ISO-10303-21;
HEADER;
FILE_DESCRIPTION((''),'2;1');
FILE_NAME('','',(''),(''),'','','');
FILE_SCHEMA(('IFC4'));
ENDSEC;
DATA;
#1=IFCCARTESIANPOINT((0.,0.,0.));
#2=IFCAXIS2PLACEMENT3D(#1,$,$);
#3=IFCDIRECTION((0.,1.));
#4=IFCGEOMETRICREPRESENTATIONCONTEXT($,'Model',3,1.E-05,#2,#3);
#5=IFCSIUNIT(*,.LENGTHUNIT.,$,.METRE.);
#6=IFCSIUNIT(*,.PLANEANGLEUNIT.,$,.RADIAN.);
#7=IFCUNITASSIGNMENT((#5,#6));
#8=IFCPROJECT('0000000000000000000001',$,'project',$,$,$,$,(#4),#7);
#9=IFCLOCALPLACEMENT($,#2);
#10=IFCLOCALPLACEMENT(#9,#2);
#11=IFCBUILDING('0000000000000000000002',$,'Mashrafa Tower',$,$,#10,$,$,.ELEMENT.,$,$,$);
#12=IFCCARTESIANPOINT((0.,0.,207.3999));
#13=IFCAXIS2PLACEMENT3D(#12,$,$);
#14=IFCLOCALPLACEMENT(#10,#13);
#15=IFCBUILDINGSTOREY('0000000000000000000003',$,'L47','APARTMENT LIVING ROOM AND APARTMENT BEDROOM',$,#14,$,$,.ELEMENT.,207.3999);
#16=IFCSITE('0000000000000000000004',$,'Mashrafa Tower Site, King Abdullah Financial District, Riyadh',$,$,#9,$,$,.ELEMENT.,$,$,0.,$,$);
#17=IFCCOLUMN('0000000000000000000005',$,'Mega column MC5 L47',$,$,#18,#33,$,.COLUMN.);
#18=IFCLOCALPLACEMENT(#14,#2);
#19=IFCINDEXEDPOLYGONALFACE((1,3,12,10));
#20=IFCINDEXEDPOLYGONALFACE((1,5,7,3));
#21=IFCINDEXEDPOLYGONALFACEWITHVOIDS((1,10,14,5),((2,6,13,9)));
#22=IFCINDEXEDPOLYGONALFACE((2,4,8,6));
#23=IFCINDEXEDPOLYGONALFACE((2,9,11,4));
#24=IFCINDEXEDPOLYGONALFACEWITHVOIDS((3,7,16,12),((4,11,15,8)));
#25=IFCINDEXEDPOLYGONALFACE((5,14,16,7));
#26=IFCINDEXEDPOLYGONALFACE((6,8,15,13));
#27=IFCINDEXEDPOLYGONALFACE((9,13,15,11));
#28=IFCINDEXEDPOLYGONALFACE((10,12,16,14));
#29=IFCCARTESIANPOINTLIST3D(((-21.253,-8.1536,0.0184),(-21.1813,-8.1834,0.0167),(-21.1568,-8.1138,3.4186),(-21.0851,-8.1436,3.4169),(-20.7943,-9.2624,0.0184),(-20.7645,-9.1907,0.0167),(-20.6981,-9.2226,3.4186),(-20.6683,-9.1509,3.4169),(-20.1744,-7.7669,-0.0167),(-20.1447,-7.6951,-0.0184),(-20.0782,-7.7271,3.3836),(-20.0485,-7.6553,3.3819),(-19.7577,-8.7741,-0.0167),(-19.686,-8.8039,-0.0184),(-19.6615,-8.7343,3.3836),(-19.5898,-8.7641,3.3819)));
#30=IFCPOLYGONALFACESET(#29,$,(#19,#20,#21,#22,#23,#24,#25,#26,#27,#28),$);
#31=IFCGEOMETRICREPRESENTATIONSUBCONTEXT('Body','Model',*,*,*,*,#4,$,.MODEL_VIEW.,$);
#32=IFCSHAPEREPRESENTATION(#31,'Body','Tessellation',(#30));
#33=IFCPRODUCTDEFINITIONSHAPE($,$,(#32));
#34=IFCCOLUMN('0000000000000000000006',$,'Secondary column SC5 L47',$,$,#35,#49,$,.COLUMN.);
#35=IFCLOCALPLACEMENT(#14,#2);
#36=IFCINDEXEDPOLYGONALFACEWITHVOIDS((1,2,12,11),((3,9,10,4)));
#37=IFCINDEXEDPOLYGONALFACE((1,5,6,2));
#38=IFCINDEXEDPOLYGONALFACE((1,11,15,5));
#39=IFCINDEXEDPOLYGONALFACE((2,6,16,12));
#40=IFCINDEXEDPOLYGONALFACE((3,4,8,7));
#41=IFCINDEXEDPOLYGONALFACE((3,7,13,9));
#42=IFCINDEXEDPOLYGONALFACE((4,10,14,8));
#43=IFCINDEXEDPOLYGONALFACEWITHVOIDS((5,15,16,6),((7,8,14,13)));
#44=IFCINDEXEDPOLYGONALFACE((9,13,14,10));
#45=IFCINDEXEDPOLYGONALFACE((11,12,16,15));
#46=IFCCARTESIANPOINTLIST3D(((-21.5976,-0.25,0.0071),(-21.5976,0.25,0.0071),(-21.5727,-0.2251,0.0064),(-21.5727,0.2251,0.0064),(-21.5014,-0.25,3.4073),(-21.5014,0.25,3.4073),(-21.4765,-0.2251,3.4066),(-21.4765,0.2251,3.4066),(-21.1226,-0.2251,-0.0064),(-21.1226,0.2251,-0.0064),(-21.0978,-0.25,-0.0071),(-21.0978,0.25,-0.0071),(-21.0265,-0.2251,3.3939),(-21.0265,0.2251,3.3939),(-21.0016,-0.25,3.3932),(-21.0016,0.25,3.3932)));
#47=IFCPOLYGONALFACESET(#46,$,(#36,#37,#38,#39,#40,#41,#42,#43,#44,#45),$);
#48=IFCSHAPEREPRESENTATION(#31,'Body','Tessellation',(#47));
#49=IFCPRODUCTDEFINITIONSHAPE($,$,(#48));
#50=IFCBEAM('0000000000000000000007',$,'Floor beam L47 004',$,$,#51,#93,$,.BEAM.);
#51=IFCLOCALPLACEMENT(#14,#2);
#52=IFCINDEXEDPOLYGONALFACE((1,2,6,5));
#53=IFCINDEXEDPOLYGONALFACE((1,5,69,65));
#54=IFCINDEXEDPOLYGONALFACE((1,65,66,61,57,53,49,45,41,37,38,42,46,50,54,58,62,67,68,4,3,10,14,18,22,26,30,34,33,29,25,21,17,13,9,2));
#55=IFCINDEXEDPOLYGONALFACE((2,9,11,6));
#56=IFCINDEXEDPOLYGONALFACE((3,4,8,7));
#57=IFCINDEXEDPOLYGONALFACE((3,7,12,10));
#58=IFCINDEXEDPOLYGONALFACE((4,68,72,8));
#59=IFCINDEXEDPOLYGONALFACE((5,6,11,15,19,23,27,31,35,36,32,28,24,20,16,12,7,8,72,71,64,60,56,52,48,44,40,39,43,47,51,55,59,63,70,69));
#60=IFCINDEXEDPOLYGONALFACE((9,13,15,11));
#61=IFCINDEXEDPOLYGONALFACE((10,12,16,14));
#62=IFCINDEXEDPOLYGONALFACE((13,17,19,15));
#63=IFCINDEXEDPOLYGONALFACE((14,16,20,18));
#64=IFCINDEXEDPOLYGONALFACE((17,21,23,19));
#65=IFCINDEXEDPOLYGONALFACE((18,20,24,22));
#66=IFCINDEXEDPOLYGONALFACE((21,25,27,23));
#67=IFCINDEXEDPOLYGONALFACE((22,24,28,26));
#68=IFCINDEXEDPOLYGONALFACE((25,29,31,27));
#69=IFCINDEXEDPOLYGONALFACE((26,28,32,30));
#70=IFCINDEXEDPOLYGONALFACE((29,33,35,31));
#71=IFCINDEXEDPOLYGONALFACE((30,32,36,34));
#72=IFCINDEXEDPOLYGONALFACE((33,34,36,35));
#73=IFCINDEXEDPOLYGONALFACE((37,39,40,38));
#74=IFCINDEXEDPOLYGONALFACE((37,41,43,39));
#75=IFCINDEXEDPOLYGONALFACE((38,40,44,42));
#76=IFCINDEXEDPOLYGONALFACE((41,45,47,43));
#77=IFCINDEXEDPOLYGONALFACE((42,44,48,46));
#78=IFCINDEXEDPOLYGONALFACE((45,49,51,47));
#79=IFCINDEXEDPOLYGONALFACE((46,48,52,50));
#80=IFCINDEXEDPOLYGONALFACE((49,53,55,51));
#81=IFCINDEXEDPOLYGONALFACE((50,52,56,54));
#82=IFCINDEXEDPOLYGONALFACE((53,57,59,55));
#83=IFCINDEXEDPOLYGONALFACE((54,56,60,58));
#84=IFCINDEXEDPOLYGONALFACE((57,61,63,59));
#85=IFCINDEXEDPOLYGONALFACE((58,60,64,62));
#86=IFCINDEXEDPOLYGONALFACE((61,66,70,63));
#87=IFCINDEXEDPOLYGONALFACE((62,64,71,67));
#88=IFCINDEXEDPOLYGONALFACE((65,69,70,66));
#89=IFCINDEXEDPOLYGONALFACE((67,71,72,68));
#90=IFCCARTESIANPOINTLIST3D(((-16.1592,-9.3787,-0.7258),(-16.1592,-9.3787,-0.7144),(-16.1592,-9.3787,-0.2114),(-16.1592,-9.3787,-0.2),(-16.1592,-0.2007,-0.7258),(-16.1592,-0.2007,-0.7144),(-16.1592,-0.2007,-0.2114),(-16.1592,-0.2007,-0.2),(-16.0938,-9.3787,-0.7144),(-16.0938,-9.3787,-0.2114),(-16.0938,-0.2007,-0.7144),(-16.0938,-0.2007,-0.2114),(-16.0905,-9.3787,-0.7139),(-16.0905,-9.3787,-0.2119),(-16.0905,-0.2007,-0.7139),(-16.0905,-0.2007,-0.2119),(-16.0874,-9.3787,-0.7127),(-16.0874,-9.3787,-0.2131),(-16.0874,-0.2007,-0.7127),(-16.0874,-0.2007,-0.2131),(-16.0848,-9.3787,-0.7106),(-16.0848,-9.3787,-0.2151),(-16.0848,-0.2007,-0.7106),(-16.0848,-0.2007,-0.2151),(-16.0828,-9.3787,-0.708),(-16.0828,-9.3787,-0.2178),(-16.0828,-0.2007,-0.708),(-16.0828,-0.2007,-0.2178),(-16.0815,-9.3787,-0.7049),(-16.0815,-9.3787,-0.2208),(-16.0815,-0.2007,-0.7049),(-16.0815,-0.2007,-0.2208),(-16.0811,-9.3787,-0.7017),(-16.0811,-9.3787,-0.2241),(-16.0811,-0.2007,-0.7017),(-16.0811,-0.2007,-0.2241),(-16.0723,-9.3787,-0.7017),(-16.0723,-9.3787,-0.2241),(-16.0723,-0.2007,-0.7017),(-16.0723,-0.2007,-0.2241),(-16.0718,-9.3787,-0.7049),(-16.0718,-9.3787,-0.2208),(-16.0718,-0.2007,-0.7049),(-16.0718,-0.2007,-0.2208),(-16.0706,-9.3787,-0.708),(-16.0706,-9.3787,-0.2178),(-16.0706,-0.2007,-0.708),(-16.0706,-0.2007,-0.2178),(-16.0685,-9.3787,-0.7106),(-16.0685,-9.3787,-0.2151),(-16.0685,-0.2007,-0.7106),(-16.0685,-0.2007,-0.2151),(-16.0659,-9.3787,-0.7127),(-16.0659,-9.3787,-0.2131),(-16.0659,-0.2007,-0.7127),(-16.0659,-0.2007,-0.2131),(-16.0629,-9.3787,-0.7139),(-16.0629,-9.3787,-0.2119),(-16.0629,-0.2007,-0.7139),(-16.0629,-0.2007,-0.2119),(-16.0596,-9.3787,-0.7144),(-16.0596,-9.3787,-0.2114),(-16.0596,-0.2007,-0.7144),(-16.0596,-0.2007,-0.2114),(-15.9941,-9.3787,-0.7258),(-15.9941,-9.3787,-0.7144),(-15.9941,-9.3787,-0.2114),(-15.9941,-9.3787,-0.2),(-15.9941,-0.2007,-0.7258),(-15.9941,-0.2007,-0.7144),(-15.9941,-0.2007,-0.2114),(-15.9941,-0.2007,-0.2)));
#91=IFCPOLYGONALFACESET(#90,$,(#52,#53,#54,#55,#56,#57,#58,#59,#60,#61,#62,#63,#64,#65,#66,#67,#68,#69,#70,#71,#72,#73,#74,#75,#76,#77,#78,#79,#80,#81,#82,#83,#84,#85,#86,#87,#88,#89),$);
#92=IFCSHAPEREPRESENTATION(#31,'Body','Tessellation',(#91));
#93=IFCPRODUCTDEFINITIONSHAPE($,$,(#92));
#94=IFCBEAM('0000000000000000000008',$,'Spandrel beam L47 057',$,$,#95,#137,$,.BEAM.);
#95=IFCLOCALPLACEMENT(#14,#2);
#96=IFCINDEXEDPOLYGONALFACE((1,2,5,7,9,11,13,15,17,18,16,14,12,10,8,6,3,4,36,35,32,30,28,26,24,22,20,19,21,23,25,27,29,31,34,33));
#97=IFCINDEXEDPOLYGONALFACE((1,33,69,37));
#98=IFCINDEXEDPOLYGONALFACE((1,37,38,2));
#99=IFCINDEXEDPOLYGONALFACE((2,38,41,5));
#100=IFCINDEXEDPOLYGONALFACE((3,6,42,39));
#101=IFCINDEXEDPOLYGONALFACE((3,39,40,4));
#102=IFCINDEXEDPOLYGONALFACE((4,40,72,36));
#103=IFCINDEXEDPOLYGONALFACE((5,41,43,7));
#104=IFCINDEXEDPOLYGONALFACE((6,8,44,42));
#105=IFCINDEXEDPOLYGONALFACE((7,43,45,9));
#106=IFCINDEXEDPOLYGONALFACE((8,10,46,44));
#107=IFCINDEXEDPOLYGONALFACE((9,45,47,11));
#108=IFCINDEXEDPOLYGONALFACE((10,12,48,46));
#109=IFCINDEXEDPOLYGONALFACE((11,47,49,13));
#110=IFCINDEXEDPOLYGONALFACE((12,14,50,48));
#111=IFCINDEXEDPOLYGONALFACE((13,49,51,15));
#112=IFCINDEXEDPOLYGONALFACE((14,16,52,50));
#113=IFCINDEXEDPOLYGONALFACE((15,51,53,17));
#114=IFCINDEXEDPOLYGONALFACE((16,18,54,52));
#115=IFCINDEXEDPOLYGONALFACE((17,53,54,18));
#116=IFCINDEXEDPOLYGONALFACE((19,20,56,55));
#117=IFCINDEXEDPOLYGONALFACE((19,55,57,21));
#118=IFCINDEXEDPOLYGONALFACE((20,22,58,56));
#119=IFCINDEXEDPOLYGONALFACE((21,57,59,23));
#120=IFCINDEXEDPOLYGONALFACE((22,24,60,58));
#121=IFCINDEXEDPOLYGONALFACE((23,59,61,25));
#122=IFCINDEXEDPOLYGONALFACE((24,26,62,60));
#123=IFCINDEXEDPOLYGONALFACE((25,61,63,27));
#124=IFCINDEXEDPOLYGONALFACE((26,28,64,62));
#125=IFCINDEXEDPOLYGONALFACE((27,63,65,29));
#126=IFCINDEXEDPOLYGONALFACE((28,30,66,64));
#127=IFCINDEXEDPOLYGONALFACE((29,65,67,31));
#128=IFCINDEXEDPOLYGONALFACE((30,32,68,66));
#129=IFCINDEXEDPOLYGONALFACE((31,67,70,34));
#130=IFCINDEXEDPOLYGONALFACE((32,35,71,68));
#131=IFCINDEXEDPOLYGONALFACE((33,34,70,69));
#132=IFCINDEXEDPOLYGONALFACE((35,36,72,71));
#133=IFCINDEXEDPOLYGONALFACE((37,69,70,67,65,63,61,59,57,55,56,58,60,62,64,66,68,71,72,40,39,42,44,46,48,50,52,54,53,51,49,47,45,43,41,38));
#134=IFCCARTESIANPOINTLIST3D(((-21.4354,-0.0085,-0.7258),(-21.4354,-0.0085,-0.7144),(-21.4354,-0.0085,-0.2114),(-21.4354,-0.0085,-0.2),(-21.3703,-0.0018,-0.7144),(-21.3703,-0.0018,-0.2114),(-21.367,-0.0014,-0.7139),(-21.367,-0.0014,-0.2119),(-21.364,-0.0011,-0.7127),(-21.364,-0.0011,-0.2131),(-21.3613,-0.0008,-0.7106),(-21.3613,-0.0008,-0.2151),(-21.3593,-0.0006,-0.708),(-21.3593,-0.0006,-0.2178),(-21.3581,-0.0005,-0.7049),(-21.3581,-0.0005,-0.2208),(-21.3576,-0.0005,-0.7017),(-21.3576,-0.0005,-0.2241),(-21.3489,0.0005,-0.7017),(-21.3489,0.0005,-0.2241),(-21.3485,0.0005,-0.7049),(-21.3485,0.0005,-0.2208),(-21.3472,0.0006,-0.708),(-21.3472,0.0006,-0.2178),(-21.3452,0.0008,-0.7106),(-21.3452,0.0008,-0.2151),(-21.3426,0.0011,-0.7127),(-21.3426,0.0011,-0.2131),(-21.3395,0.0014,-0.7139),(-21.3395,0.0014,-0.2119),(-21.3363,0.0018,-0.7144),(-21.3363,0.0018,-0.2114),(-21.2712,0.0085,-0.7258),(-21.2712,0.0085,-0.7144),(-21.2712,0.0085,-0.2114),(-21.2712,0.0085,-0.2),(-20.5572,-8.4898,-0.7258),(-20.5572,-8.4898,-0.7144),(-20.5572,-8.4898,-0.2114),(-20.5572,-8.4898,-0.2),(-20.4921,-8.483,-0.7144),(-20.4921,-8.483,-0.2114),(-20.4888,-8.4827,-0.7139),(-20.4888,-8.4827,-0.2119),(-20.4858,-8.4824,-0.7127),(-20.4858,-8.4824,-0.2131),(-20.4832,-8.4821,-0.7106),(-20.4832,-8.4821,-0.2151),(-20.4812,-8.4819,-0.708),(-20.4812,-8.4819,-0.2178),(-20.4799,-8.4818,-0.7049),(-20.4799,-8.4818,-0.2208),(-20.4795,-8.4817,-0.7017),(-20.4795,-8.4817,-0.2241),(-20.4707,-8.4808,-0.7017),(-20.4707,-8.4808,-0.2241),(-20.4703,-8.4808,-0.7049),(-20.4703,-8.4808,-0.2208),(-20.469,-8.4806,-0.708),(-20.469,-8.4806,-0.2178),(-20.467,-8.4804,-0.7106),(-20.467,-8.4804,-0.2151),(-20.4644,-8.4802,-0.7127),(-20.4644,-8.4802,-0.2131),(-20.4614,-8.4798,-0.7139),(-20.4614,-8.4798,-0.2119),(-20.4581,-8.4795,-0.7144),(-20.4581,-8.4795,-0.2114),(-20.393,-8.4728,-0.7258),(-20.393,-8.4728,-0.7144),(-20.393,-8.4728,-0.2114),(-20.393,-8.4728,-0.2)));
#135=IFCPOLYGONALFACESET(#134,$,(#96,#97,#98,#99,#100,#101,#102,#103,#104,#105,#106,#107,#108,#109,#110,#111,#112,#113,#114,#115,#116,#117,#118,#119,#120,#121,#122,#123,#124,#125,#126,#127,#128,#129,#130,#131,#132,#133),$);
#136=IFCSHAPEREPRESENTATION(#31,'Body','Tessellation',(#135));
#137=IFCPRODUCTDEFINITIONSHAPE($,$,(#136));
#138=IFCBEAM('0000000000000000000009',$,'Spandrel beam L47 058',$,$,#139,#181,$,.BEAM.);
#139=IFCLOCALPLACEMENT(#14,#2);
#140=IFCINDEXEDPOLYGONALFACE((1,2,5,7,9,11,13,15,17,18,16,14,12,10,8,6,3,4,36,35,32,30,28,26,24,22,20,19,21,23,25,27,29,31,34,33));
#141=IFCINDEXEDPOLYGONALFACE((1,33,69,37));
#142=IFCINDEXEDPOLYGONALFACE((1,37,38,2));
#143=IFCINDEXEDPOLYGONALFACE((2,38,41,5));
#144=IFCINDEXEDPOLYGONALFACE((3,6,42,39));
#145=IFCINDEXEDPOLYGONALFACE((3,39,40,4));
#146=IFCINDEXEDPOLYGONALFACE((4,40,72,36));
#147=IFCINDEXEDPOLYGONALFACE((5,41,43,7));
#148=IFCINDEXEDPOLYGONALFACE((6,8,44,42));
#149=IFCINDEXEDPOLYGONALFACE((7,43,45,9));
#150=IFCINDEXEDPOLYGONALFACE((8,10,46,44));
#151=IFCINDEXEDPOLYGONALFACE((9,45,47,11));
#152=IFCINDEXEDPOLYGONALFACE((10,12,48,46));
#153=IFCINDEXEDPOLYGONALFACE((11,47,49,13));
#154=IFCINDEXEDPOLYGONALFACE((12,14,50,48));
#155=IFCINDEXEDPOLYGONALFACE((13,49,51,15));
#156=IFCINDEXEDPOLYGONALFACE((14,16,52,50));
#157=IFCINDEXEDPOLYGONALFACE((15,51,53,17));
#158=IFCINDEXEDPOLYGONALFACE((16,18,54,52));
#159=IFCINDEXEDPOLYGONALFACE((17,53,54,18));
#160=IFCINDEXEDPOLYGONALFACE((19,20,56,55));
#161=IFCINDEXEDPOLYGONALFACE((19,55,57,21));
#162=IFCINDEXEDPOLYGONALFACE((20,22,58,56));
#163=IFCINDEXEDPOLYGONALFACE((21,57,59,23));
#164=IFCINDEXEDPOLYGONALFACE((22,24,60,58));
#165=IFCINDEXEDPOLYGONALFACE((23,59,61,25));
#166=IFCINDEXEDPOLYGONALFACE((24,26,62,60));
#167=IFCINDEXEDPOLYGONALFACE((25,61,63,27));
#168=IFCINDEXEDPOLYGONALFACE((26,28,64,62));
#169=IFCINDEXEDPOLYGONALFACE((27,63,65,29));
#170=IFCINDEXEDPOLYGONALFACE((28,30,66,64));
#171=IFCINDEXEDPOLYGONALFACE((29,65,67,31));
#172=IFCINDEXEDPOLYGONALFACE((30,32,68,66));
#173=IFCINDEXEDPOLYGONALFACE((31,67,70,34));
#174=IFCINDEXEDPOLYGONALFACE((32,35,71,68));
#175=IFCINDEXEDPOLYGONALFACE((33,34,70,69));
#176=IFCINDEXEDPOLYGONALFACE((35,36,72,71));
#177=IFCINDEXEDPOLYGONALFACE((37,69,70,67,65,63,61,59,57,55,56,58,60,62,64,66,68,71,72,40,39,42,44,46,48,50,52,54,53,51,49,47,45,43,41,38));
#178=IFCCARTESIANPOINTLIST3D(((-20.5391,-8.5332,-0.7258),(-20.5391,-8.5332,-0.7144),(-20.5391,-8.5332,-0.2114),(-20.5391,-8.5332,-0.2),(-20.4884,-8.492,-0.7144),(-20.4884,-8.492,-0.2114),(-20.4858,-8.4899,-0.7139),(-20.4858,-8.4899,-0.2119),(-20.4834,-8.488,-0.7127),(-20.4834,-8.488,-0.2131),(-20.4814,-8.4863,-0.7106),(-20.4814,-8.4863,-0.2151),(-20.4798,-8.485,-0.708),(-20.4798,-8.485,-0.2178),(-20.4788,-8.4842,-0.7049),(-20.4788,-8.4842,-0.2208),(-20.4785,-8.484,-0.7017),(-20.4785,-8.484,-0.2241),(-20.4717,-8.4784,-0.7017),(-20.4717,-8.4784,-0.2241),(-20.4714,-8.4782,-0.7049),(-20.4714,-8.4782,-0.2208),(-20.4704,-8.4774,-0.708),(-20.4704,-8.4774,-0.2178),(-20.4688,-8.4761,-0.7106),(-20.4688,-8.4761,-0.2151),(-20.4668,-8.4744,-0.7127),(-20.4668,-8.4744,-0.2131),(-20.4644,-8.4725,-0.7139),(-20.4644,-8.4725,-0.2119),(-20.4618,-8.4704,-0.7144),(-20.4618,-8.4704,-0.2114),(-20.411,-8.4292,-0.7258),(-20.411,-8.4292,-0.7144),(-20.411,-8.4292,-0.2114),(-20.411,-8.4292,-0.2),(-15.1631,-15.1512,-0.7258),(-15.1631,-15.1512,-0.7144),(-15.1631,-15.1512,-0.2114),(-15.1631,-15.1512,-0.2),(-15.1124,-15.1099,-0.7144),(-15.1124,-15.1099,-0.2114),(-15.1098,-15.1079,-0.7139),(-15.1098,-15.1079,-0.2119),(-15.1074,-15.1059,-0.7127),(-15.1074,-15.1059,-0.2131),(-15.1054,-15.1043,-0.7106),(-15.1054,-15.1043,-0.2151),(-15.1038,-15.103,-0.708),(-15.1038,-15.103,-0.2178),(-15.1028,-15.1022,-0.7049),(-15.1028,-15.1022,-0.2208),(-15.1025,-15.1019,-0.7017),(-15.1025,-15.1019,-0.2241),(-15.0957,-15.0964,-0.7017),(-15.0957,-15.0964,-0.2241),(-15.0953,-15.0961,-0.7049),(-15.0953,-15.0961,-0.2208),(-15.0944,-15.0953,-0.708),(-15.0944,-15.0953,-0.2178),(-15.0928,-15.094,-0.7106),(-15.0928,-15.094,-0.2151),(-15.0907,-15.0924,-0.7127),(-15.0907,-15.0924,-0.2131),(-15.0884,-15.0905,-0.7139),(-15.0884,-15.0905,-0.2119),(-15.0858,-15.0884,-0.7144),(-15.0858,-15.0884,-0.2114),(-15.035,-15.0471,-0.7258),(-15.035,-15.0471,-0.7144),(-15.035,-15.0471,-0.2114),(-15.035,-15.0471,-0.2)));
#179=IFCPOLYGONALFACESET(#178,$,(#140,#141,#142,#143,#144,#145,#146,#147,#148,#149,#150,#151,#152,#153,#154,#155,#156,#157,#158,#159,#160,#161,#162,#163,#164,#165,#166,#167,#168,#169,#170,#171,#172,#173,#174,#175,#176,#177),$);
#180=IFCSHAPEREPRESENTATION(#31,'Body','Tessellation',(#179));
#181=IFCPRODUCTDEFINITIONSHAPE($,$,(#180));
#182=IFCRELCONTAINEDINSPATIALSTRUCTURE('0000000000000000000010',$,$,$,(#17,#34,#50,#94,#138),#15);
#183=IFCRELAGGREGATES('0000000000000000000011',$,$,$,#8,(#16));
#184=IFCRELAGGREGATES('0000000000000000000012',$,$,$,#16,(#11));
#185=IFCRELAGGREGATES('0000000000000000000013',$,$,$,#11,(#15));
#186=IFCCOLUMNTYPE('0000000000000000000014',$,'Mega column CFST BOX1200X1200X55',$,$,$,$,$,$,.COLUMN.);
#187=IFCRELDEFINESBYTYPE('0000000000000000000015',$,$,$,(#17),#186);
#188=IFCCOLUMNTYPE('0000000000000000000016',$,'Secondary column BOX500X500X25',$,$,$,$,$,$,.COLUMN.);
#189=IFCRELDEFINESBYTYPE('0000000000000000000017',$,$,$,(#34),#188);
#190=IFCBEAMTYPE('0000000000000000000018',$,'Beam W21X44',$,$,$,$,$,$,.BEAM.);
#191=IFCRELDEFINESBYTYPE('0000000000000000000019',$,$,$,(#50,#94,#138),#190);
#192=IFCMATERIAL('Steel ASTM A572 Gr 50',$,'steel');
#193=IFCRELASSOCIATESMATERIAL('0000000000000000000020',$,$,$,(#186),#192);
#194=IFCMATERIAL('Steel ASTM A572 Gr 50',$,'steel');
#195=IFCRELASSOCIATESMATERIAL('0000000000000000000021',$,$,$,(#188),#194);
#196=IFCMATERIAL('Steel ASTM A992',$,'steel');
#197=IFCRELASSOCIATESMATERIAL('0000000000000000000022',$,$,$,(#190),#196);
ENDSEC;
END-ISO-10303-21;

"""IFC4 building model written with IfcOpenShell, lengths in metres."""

from ifc_helpers import new_model, si_unit, direction, frame, origin, origin_2d, place, context, subcontext, project, spatial, hollow_rectangle, i_section, extrude, material, material_profile, profile_set, type_object, element, save


model = new_model("IFC4")

# Units and contexts
model_context = context("Model", 3, precision=1e-05, world=origin(), true_north=direction((0.0, 1.0)))
body_context = subcontext(model_context, "Body", "Model", "MODEL_VIEW")
ifc_project = project(units=[si_unit("LENGTHUNIT", "METRE"), si_unit("PLANEANGLEUNIT", "RADIAN")], contexts=[model_context])

# Site, building, storey
site_placement = place(None, origin())
site = spatial("IfcSite", under=ifc_project, at=site_placement, Name="Mashrafa Tower Site, King Abdullah Financial District, Riyadh", CompositionType="ELEMENT", RefElevation=0.0)
building_placement = place(site_placement, origin())
building = spatial("IfcBuilding", under=site, at=building_placement, Name="Mashrafa Tower", CompositionType="ELEMENT")
storey_placement = place(building_placement, frame((0.0, 0.0, 207.3999)))
storey = spatial("IfcBuildingStorey", under=building, at=storey_placement, Name="L47", Description="APARTMENT LIVING ROOM AND APARTMENT BEDROOM", CompositionType="ELEMENT", Elevation=207.3999)

# Columns
ifc_material_1 = material(Name="Steel ASTM A572 Gr 50", Category="steel")
ifc_material_profile_1 = material_profile(ifc_material_1, hollow_rectangle(XDim=1.2, YDim=1.2, WallThickness=0.0549, at=origin_2d()), Name="BOX1200X1200X55")
ifc_profile_set_1 = profile_set([ifc_material_profile_1], Name="Steel ASTM A572 Gr 50")
column_type_1 = type_object("IfcColumnType", Name="Mega column CFST BOX1200X1200X55", PredefinedType="COLUMN", material=ifc_profile_set_1)
column_1_placement = place(storey_placement, frame((-20.4695, -8.4788, 0.0), z_axis=(0.028277, 0.011698, 0.999532), x_axis=(-0.382283, 0.924045, 0.0)))
element("IfcColumn", 1, at=column_1_placement, inside=storey, type_object=column_type_1, Name="Mega column MC5 L47", PredefinedType="COLUMN", context=body_context, shape_type="SweptSolid", body=[
    extrude(hollow_rectangle(XDim=1.2, YDim=1.2, WallThickness=0.0549, at=origin_2d()), origin(), (0.0, 0.0, 1.0), 3.4019),
])
ifc_material_2 = material(Name="Steel ASTM A572 Gr 50", Category="steel")
ifc_material_profile_2 = material_profile(ifc_material_2, hollow_rectangle(XDim=0.5, YDim=0.5, WallThickness=0.0249, at=origin_2d()), Name="BOX500X500X25")
ifc_profile_set_2 = profile_set([ifc_material_profile_2], Name="Steel ASTM A572 Gr 50")
column_type_2 = type_object("IfcColumnType", Name="Secondary column BOX500X500X25", PredefinedType="COLUMN", material=ifc_profile_set_2)
column_2_placement = place(storey_placement, frame((-21.3477, 0.0, 0.0), z_axis=(0.028279, 0.0, 0.9996), x_axis=(0.0, 1.0, 0.0)))
element("IfcColumn", 2, at=column_2_placement, inside=storey, type_object=column_type_2, Name="Secondary column SC5 L47", PredefinedType="COLUMN", context=body_context, shape_type="SweptSolid", body=[
    extrude(hollow_rectangle(XDim=0.5, YDim=0.5, WallThickness=0.0249, at=origin_2d()), origin(), (0.0, 0.0, 1.0), 3.4016),
])

# Beams
ifc_material_3 = material(Name="Steel ASTM A992", Category="steel")
ifc_material_profile_3 = material_profile(ifc_material_3, i_section(OverallWidth=0.165, OverallDepth=0.5259, WebThickness=0.0088, FlangeThickness=0.0115, FilletRadius=0.0127, at=origin_2d()), Name="W21X44")
ifc_profile_set_3 = profile_set([ifc_material_profile_3], Name="Steel ASTM A992")
beam_type_1 = type_object("IfcBeamType", Name="Beam W21X44", PredefinedType="BEAM", material=ifc_profile_set_3)
beam_1_placement = place(storey_placement, frame((-16.0767, -9.3787, -0.4629), z_axis=(0.0, 1.0, 0.0), x_axis=(-1.0, 0.0, 0.0)))
element("IfcBeam", 3, at=beam_1_placement, inside=storey, type_object=beam_type_1, Name="Floor beam L47 004", PredefinedType="BEAM", context=body_context, shape_type="SweptSolid", body=[
    extrude(i_section(OverallWidth=0.165, OverallDepth=0.5259, WebThickness=0.0088, FlangeThickness=0.0115, FilletRadius=0.0127, at=origin_2d()), origin(), (0.0, 0.0, 1.0), 9.178),
])
beam_2_placement = place(storey_placement, frame((-21.3533, 0.0, -0.4629), z_axis=(0.102993, -0.994682, 0.0), x_axis=(0.994682, 0.102993, 0.0)))
element("IfcBeam", 4, at=beam_2_placement, inside=storey, type_object=beam_type_1, Name="Spandrel beam L47 057", PredefinedType="BEAM", context=body_context, shape_type="SweptSolid", body=[
    extrude(i_section(OverallWidth=0.165, OverallDepth=0.5259, WebThickness=0.0088, FlangeThickness=0.0115, FilletRadius=0.0127, at=origin_2d()), origin(), (0.0, 0.0, 1.0), 8.5266),
])
beam_3_placement = place(storey_placement, frame((-20.4751, -8.4812, -0.4629), z_axis=(0.630516, -0.776176, 0.0), x_axis=(0.776176, 0.630516, 0.0)))
element("IfcBeam", 5, at=beam_3_placement, inside=storey, type_object=beam_type_1, Name="Spandrel beam L47 058", PredefinedType="BEAM", context=body_context, shape_type="SweptSolid", body=[
    extrude(i_section(OverallWidth=0.165, OverallDepth=0.5259, WebThickness=0.0088, FlangeThickness=0.0115, FilletRadius=0.0127, at=origin_2d()), origin(), (0.0, 0.0, 1.0), 8.5264),
])

save(model, "model.ifc")
